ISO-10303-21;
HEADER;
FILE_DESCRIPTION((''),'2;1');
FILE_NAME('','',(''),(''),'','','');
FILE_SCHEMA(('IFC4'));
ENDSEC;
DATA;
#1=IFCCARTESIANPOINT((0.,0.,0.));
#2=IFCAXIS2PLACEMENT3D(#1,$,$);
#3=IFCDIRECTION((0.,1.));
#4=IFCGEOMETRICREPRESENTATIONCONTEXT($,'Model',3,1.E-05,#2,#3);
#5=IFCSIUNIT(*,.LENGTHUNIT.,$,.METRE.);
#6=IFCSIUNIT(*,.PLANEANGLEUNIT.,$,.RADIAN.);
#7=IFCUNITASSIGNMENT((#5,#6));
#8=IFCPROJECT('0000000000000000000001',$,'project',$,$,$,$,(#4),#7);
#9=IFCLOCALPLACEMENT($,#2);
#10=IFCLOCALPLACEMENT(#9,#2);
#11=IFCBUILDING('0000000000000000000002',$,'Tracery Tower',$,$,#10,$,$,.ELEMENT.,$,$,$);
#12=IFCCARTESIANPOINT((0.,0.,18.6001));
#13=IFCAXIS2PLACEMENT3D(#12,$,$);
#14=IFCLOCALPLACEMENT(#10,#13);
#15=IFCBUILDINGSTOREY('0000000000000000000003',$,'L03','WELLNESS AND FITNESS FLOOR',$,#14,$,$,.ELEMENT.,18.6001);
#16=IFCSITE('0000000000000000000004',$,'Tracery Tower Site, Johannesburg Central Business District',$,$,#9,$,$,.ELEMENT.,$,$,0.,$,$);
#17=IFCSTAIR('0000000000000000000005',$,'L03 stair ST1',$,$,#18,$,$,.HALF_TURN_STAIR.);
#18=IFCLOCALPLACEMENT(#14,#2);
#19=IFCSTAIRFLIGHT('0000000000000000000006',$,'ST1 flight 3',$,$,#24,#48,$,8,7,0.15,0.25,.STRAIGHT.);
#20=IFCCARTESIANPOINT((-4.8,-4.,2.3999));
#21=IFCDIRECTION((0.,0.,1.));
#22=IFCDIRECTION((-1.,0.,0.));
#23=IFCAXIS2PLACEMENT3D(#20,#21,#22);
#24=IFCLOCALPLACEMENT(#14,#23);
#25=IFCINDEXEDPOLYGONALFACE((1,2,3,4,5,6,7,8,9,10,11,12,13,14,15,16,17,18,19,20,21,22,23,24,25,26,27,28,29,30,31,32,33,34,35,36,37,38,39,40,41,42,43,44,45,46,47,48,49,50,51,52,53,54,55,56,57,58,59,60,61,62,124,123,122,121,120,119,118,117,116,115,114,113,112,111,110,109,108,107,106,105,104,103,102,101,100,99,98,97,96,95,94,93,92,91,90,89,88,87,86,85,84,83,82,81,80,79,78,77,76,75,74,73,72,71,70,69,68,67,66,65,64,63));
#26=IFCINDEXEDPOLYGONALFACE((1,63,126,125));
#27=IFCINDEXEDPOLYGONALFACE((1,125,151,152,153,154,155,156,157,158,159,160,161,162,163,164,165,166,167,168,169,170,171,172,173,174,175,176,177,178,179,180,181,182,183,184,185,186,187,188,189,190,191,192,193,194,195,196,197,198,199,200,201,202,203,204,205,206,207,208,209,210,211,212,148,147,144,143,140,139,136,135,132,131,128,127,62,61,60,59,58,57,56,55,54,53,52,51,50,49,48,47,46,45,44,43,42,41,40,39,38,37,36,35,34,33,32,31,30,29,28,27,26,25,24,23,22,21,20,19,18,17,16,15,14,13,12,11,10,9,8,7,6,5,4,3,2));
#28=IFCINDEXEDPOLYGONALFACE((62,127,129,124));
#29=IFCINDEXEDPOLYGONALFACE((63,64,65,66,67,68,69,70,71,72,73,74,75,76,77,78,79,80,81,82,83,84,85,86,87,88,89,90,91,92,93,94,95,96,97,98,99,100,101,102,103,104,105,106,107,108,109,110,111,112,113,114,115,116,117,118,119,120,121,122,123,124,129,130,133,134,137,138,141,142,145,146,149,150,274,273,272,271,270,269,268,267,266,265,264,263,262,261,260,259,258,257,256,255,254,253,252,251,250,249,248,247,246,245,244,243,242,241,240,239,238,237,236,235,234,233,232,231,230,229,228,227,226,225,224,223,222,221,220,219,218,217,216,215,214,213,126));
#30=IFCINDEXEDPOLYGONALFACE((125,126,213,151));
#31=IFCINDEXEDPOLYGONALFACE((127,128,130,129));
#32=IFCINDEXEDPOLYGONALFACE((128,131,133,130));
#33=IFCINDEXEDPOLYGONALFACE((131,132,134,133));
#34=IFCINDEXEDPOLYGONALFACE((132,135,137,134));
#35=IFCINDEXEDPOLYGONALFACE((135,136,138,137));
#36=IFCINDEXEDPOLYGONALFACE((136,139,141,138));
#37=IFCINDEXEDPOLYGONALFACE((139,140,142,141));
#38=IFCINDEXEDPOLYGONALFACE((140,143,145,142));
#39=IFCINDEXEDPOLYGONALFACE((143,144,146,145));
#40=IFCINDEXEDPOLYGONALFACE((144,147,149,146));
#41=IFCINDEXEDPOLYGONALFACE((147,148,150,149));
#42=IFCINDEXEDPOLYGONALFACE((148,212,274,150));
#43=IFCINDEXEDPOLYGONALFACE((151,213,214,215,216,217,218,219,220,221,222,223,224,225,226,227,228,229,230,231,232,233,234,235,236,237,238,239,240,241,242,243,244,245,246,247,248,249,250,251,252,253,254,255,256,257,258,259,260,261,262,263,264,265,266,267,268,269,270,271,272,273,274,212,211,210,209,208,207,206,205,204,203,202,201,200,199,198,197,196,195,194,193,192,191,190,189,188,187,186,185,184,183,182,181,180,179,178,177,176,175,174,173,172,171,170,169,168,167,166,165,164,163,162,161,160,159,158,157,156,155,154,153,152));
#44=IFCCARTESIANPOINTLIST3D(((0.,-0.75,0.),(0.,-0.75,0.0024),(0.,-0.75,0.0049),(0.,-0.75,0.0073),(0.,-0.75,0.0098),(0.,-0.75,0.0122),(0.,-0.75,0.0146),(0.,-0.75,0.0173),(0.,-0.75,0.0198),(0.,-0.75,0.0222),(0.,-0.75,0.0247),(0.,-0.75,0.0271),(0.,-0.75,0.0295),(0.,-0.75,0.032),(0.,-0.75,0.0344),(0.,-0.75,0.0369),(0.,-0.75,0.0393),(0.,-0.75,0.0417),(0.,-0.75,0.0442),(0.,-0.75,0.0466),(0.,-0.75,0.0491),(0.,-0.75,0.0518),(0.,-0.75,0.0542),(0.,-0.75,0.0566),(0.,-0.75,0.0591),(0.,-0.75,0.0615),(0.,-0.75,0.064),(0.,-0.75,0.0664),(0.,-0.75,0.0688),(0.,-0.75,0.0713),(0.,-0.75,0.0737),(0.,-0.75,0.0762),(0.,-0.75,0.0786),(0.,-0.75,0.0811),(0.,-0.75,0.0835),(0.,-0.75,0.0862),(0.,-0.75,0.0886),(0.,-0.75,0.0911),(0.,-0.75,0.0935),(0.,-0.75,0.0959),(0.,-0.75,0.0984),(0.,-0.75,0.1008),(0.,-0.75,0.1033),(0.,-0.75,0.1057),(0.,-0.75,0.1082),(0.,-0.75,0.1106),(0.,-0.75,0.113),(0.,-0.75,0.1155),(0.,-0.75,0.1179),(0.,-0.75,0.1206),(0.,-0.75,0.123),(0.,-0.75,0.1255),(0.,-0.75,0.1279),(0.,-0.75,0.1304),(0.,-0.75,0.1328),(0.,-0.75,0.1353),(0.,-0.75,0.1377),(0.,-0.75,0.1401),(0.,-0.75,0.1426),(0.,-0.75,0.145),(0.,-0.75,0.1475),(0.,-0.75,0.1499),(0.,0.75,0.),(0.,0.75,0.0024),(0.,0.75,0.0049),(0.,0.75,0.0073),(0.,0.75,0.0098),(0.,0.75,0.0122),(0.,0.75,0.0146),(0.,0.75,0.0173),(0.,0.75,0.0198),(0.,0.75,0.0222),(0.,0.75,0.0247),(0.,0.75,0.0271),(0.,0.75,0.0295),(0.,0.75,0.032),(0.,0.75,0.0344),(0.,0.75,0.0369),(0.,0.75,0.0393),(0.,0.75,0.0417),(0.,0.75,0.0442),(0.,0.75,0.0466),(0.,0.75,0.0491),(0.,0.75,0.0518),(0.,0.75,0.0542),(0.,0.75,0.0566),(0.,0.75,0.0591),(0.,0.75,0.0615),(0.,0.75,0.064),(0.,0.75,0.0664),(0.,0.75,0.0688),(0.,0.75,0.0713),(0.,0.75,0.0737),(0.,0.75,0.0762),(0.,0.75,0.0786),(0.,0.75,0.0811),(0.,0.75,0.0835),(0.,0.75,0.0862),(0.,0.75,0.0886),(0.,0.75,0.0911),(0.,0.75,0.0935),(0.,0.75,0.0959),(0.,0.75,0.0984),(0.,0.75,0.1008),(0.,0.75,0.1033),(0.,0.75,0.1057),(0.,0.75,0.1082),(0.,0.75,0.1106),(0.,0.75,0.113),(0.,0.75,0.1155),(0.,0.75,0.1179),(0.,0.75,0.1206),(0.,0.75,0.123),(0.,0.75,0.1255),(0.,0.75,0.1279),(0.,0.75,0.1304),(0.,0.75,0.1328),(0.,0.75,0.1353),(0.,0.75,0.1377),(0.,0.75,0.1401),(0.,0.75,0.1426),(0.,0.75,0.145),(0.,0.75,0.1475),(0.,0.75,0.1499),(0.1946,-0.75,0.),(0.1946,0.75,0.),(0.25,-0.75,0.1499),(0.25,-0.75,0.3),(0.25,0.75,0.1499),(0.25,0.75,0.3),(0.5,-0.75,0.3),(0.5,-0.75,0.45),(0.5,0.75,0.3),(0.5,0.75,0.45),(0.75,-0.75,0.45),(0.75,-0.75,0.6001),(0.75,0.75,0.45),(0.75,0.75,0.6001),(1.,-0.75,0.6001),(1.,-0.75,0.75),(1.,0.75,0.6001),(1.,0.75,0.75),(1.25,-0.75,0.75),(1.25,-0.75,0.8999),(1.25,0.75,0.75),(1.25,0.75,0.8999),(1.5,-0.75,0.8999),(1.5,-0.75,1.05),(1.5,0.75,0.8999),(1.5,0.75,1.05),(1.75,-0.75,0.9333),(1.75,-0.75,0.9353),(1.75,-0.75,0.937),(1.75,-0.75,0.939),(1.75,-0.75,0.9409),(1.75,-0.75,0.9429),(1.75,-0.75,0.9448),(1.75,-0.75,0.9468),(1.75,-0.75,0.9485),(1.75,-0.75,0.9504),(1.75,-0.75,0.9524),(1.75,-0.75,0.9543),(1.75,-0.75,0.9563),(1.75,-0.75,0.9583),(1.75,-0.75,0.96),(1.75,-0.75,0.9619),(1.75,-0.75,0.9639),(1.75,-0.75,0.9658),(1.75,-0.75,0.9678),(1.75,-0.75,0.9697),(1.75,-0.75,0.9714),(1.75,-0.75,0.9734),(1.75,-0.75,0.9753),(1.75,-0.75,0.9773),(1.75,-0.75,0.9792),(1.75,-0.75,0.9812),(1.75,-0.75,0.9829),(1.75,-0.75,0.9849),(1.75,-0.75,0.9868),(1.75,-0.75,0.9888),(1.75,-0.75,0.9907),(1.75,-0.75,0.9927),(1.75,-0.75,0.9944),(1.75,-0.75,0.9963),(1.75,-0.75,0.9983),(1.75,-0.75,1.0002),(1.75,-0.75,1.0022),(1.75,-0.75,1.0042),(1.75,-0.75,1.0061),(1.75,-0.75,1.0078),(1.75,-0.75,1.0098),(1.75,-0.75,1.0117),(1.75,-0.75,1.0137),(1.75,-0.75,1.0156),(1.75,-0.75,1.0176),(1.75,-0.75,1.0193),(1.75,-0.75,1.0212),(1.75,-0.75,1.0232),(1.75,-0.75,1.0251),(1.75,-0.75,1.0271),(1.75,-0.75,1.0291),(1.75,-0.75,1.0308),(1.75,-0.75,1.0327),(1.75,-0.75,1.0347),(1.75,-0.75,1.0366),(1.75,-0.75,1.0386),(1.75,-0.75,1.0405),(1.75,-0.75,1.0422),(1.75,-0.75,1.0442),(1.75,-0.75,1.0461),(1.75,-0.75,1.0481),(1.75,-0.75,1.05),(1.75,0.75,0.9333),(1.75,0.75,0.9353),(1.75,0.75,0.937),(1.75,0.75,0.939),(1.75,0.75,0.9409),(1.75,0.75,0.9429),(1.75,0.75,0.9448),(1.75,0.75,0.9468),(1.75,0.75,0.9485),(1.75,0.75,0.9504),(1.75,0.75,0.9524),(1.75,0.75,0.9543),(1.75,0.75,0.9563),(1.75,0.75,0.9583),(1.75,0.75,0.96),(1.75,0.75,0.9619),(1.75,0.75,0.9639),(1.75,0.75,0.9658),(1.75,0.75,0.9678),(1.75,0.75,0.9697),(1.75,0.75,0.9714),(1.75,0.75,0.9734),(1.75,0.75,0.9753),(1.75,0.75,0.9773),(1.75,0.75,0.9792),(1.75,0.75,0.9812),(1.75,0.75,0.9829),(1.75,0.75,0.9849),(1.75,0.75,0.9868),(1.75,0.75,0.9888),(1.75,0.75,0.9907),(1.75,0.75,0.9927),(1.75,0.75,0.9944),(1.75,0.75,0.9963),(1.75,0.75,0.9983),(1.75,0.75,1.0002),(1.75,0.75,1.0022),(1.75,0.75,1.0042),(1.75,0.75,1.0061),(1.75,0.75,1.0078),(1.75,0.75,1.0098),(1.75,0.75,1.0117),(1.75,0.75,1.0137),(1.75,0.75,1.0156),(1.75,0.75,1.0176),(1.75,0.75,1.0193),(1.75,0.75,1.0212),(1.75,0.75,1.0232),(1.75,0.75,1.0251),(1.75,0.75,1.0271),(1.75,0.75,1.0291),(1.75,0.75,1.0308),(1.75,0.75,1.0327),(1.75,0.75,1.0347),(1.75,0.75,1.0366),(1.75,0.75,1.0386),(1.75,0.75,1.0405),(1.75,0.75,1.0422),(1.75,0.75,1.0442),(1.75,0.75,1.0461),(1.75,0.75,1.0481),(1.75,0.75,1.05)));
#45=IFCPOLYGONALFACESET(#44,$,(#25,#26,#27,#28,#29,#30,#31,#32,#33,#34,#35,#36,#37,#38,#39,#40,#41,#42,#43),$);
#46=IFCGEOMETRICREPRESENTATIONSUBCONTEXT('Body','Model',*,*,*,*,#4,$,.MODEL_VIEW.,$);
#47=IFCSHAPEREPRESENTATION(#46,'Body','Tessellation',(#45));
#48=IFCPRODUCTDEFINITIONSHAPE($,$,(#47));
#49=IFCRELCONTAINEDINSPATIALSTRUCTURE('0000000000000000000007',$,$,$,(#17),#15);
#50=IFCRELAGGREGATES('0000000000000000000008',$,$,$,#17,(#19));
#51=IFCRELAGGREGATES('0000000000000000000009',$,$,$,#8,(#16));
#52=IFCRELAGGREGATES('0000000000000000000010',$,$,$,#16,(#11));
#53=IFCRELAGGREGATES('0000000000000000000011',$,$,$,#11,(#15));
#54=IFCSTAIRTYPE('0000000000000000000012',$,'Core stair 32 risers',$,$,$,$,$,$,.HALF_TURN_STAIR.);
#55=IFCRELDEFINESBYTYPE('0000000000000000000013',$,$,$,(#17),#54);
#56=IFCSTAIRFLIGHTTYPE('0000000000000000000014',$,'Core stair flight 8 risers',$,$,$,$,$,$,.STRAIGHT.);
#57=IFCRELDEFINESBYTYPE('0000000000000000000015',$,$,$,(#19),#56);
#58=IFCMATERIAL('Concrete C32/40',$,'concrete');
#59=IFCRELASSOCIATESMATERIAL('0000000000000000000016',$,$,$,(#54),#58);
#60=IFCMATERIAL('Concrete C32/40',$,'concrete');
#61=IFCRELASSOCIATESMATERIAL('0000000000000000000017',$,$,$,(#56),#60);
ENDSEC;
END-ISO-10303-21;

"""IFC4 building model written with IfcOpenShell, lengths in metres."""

from ifc_helpers import new_model, si_unit, direction, frame, origin, place, context, subcontext, project, spatial, polyline, outline, extrude, material, type_object, element, aggregate, save


model = new_model("IFC4")

# Units and contexts
model_context = context("Model", 3, precision=1e-05, world=origin(), true_north=direction((0.0, 1.0)))
body_context = subcontext(model_context, "Body", "Model", "MODEL_VIEW")
ifc_project = project(units=[si_unit("LENGTHUNIT", "METRE"), si_unit("PLANEANGLEUNIT", "RADIAN")], contexts=[model_context])

# Site, building, storey
site_placement = place(None, origin())
site = spatial("IfcSite", under=ifc_project, at=site_placement, Name="Tracery Tower Site, Johannesburg Central Business District", CompositionType="ELEMENT", RefElevation=0.0)
building_placement = place(site_placement, origin())
building = spatial("IfcBuilding", under=site, at=building_placement, Name="Tracery Tower", CompositionType="ELEMENT")
storey_placement = place(building_placement, frame((0.0, 0.0, 18.6001)))
storey = spatial("IfcBuildingStorey", under=building, at=storey_placement, Name="L03", Description="WELLNESS AND FITNESS FLOOR", CompositionType="ELEMENT", Elevation=18.6001)

# Stair, stair flight
ifc_material_1 = material(Name="Concrete C32/40", Category="concrete")
stair_type = type_object("IfcStairType", Name="Core stair 32 risers", PredefinedType="HALF_TURN_STAIR", material=ifc_material_1)
stair_placement = place(storey_placement, origin())
stair = element("IfcStair", 1, at=stair_placement, inside=storey, type_object=stair_type, Name="L03 stair ST1", PredefinedType="HALF_TURN_STAIR")
ifc_material_2 = material(Name="Concrete C32/40", Category="concrete")
stair_flight_type = type_object("IfcStairFlightType", Name="Core stair flight 8 risers", PredefinedType="STRAIGHT", material=ifc_material_2)
stair_flight_1_placement = place(storey_placement, frame((-4.8, -4.0, 2.3999), z_axis=(0.0, 0.0, 1.0), x_axis=(-1.0, 0.0, 0.0)))
stair_flight_1 = element("IfcStairFlight", 2, at=stair_flight_1_placement, type_object=stair_flight_type, Name="ST1 flight 3", NumberOfRisers=8, NumberOfTreads=7, PredefinedType="STRAIGHT", RiserHeight=0.15, TreadLength=0.25, context=body_context, shape_type="SweptSolid", body=[
    extrude(outline(polyline([(0.0, 0.0), (0.0, 0.0024), (0.0, 0.0049), (0.0, 0.0073), (0.0, 0.0098), (0.0, 0.0122), (0.0, 0.0146), (0.0, 0.0173), (0.0, 0.0198), (0.0, 0.0222), (0.0, 0.0247), (0.0, 0.0271), (0.0, 0.0295), (0.0, 0.032), (0.0, 0.0344), (0.0, 0.0369), (0.0, 0.0393), (0.0, 0.0417), (0.0, 0.0442), (0.0, 0.0466), (0.0, 0.0491), (0.0, 0.0518), (0.0, 0.0542), (0.0, 0.0566), (0.0, 0.0591), (0.0, 0.0615), (0.0, 0.064), (0.0, 0.0664), (0.0, 0.0688), (0.0, 0.0713), (0.0, 0.0737), (0.0, 0.0762), (0.0, 0.0786), (0.0, 0.0811), (0.0, 0.0835), (0.0, 0.0862), (0.0, 0.0886), (0.0, 0.0911), (0.0, 0.0935), (0.0, 0.0959), (0.0, 0.0984), (0.0, 0.1008), (0.0, 0.1033), (0.0, 0.1057), (0.0, 0.1082), (0.0, 0.1106), (0.0, 0.113), (0.0, 0.1155), (0.0, 0.1179), (0.0, 0.1206), (0.0, 0.123), (0.0, 0.1255), (0.0, 0.1279), (0.0, 0.1304), (0.0, 0.1328), (0.0, 0.1353), (0.0, 0.1377), (0.0, 0.1401), (0.0, 0.1426), (0.0, 0.145), (0.0, 0.1475), (0.0, 0.1499), (0.25, 0.1499), (0.25, 0.3), (0.5, 0.3), (0.5, 0.45), (0.75, 0.45), (0.75, 0.6001), (1.0, 0.6001), (1.0, 0.75), (1.25, 0.75), (1.25, 0.8999), (1.5, 0.8999), (1.5, 1.05), (1.75, 1.05), (1.75, 1.0481), (1.75, 1.0461), (1.75, 1.0442), (1.75, 1.0422), (1.75, 1.0405), (1.75, 1.0386), (1.75, 1.0366), (1.75, 1.0347), (1.75, 1.0327), (1.75, 1.0308), (1.75, 1.0291), (1.75, 1.0271), (1.75, 1.0251), (1.75, 1.0232), (1.75, 1.0212), (1.75, 1.0193), (1.75, 1.0176), (1.75, 1.0156), (1.75, 1.0137), (1.75, 1.0117), (1.75, 1.0098), (1.75, 1.0078), (1.75, 1.0061), (1.75, 1.0042), (1.75, 1.0022), (1.75, 1.0002), (1.75, 0.9983), (1.75, 0.9963), (1.75, 0.9944), (1.75, 0.9927), (1.75, 0.9907), (1.75, 0.9888), (1.75, 0.9868), (1.75, 0.9849), (1.75, 0.9829), (1.75, 0.9812), (1.75, 0.9792), (1.75, 0.9773), (1.75, 0.9753), (1.75, 0.9734), (1.75, 0.9714), (1.75, 0.9697), (1.75, 0.9678), (1.75, 0.9658), (1.75, 0.9639), (1.75, 0.9619), (1.75, 0.96), (1.75, 0.9583), (1.75, 0.9563), (1.75, 0.9543), (1.75, 0.9524), (1.75, 0.9504), (1.75, 0.9485), (1.75, 0.9468), (1.75, 0.9448), (1.75, 0.9429), (1.75, 0.9409), (1.75, 0.939), (1.75, 0.937), (1.75, 0.9353), (1.75, 0.9333), (0.1946, 0.0), (0.0, 0.0)])), frame((0.0, 0.75, 0.0), z_axis=(0.0, -1.0, 0.0), x_axis=(1.0, 0.0, 0.0)), (0.0, 0.0, 1.0), 1.5),
])
aggregate(stair, [stair_flight_1])

save(model, "model.ifc")
